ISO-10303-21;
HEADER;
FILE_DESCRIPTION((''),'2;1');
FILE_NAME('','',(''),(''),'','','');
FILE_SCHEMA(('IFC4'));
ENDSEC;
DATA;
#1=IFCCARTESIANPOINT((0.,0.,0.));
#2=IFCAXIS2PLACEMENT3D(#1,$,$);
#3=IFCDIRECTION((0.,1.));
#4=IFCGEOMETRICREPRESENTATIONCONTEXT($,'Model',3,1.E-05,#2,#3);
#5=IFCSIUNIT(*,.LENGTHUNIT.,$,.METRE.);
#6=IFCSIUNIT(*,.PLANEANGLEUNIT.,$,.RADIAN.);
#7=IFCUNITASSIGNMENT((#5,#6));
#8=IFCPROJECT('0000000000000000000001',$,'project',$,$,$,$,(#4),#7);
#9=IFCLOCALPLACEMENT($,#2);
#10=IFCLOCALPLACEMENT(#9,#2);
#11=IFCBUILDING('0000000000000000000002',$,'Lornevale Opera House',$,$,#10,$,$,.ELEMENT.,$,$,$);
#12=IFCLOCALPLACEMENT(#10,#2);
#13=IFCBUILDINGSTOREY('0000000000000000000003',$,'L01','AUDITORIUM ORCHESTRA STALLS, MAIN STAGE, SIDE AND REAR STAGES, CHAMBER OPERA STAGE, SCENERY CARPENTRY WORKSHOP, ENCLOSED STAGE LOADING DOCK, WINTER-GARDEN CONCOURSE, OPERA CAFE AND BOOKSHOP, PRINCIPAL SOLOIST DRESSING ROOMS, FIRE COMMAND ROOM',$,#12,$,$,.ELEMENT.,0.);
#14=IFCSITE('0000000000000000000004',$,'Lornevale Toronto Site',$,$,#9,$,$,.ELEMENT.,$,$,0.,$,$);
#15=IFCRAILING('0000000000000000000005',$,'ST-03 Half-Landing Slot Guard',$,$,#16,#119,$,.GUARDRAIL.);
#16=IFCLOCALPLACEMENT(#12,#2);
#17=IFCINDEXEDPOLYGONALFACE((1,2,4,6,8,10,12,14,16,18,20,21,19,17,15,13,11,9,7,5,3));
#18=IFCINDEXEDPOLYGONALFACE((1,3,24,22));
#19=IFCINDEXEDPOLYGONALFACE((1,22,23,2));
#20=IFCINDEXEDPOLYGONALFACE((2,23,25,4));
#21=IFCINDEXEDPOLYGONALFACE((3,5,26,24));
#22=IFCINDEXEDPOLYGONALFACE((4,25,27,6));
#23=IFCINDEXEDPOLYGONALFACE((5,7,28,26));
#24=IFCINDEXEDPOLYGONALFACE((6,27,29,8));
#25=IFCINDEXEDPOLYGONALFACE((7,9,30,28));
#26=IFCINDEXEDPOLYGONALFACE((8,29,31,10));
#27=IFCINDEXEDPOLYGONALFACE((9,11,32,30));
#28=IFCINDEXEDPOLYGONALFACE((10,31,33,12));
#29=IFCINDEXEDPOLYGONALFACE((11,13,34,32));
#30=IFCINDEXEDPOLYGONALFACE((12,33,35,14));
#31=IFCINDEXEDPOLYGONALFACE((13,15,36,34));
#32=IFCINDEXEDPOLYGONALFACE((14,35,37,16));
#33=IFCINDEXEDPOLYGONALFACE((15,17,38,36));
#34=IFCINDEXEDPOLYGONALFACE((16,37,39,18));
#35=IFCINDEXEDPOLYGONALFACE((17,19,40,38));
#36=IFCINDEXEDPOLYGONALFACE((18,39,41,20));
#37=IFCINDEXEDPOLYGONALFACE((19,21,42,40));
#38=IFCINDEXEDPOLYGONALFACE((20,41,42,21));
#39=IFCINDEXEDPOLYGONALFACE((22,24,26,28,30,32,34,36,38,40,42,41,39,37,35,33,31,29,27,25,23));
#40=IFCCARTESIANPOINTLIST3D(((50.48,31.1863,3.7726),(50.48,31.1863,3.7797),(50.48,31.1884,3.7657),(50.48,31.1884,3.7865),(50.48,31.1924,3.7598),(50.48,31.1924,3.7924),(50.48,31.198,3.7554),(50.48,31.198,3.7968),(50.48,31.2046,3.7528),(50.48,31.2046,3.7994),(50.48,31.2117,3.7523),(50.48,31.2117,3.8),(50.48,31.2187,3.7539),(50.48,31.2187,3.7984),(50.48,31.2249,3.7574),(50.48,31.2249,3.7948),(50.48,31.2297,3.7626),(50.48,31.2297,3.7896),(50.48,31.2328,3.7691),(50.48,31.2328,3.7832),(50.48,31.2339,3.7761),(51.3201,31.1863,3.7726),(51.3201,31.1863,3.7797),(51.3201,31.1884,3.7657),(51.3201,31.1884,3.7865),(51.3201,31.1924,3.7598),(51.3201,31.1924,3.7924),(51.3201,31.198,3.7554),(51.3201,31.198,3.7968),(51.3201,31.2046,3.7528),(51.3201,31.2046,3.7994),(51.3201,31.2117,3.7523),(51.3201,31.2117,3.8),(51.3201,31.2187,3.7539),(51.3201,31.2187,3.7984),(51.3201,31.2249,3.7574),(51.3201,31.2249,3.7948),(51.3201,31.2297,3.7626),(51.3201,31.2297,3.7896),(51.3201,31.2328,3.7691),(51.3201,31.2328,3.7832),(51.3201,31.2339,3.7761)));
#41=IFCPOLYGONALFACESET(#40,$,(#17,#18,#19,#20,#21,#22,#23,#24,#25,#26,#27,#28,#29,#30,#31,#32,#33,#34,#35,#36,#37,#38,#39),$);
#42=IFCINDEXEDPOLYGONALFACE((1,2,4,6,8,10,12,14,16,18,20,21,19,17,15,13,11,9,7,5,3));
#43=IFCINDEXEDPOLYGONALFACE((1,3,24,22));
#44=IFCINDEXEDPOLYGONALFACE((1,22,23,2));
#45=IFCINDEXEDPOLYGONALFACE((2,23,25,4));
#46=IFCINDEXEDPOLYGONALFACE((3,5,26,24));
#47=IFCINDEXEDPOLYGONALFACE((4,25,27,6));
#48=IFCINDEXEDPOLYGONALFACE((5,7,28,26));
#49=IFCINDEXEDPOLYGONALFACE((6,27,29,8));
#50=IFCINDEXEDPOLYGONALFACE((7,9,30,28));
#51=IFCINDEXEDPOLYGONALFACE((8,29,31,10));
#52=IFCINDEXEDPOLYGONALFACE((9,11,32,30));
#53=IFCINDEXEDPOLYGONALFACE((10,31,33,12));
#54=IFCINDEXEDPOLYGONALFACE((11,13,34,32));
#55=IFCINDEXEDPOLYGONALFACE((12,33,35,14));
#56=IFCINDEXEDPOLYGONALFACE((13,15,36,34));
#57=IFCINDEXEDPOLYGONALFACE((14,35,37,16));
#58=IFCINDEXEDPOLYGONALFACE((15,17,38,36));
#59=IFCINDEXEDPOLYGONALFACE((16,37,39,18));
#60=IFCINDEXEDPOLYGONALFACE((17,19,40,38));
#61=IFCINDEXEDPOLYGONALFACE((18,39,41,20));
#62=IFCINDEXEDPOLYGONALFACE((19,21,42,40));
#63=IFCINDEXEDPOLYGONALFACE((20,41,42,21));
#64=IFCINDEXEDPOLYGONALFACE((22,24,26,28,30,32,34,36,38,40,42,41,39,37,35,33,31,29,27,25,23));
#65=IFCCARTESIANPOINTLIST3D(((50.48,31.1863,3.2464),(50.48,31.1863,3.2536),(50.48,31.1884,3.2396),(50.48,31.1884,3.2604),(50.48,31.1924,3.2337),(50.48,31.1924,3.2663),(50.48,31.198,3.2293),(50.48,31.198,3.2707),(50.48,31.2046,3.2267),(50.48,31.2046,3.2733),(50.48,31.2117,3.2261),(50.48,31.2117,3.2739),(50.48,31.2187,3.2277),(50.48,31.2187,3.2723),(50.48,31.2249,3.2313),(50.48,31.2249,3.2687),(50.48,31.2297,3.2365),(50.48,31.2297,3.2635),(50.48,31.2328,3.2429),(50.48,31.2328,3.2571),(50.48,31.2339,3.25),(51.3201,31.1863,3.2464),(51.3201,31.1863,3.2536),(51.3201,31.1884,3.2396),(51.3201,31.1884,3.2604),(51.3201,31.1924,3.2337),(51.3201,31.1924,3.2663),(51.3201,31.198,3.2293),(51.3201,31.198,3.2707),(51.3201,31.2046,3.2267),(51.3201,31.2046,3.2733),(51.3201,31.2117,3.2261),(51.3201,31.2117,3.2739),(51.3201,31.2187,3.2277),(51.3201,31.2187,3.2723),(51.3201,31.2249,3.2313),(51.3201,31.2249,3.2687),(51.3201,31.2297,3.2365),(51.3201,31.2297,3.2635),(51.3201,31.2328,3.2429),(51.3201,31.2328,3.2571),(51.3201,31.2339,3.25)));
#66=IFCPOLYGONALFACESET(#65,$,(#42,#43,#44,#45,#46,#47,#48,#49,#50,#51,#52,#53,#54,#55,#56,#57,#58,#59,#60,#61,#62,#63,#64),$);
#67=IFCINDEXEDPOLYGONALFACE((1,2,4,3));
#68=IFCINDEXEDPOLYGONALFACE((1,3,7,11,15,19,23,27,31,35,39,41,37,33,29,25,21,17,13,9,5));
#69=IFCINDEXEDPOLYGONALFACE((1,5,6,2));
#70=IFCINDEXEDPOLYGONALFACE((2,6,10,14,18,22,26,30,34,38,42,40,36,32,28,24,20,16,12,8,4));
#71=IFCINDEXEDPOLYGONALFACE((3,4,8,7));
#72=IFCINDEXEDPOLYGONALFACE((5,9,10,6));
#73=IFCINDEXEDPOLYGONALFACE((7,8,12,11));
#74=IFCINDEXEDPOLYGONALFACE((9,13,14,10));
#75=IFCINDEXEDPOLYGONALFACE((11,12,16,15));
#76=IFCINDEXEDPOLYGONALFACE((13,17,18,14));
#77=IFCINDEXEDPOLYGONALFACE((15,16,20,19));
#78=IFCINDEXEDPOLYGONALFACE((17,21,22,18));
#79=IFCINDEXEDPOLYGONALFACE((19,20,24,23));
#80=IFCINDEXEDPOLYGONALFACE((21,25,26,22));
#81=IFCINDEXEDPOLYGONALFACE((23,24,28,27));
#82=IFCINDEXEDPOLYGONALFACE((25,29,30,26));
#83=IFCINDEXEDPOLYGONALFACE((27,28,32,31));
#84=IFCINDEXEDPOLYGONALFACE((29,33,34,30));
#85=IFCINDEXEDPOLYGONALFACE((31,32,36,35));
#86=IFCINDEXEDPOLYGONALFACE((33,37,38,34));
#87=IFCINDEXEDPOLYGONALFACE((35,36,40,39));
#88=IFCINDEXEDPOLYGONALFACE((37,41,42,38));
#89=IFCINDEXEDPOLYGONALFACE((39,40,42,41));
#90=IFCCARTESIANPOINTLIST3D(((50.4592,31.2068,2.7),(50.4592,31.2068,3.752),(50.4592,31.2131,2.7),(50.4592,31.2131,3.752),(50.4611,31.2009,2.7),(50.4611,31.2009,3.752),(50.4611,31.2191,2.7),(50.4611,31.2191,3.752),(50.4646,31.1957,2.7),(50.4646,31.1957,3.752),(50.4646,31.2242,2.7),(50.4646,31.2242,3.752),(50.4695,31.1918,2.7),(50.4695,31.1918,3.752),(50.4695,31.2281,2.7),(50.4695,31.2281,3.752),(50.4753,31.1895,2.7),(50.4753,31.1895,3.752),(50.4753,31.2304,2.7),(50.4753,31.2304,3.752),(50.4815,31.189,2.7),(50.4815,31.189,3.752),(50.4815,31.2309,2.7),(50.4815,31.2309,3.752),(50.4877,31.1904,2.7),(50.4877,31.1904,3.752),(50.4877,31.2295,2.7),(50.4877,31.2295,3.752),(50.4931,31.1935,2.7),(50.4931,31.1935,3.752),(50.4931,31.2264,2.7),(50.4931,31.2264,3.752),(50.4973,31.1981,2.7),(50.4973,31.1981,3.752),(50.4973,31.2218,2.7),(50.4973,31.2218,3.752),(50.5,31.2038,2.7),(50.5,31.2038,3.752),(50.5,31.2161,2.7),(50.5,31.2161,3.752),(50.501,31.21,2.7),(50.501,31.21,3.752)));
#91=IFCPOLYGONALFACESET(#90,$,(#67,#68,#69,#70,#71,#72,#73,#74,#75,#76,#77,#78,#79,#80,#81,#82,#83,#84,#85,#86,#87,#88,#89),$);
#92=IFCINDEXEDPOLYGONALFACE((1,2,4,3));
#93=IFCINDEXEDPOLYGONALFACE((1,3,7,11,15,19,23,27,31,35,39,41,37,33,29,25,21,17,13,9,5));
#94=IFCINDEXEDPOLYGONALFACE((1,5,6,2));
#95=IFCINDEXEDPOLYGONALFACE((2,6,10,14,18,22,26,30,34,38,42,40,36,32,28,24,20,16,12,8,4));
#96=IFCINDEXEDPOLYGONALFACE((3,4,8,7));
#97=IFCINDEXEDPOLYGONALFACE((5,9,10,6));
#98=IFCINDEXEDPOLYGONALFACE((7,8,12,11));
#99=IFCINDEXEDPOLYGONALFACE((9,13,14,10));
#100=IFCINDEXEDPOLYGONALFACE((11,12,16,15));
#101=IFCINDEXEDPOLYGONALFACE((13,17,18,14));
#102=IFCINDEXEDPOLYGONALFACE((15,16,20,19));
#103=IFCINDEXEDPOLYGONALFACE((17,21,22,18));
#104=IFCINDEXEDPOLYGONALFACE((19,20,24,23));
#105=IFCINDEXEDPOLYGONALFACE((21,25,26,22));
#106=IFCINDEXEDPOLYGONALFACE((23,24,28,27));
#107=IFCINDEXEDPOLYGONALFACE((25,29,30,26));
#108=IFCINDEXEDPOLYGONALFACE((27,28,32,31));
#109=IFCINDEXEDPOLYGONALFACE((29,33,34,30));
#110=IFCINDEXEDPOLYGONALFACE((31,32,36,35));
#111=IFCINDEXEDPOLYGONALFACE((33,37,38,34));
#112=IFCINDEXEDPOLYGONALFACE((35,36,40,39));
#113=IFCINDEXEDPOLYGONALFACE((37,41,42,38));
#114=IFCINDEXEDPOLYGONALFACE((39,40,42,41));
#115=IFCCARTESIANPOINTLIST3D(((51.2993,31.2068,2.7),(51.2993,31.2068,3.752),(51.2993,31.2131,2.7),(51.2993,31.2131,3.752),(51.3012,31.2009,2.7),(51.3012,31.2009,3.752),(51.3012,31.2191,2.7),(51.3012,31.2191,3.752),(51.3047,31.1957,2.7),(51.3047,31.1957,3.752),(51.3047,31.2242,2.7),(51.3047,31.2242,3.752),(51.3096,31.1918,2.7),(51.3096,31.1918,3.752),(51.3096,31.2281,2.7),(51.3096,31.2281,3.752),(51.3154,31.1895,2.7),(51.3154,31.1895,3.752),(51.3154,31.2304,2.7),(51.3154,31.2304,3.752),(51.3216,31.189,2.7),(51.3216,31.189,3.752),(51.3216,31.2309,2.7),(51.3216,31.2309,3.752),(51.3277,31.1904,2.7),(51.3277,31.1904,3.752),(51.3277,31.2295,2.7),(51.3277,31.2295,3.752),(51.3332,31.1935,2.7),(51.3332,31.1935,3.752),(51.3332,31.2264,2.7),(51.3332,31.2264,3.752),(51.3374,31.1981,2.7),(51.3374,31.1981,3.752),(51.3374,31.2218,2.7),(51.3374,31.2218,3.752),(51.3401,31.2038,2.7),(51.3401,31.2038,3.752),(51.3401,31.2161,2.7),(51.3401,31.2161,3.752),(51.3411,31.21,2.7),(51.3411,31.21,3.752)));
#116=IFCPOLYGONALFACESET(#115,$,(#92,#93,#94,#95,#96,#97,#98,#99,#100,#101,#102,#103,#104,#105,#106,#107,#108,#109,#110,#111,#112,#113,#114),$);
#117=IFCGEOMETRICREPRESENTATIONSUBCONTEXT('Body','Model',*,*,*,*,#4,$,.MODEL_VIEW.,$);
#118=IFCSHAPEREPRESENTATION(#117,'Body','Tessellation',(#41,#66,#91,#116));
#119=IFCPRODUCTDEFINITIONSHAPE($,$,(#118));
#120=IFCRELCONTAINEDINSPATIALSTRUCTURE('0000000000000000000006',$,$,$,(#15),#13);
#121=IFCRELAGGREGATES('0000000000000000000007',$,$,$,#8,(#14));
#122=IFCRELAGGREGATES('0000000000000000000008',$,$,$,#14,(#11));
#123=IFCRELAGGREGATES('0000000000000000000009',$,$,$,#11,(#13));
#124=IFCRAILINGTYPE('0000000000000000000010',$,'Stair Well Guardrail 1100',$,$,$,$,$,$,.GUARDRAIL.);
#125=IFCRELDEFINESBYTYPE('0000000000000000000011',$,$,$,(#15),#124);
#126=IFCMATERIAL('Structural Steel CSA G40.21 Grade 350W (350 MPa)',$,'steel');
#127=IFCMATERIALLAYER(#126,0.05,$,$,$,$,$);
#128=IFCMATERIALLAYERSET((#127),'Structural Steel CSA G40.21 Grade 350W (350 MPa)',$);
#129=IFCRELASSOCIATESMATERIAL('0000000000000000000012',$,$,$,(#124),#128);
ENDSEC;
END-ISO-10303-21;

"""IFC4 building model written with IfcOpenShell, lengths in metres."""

from ifc_helpers import new_model, si_unit, direction, frame, origin, origin_2d, place, context, subcontext, project, spatial, circle, extrude, material, layer, layer_set, type_object, element, save


model = new_model("IFC4")

# Units and contexts
model_context = context("Model", 3, precision=1e-05, world=origin(), true_north=direction((0.0, 1.0)))
body_context = subcontext(model_context, "Body", "Model", "MODEL_VIEW")
ifc_project = project(units=[si_unit("LENGTHUNIT", "METRE"), si_unit("PLANEANGLEUNIT", "RADIAN")], contexts=[model_context])

# Site, building, storey
site_placement = place(None, origin())
site = spatial("IfcSite", under=ifc_project, at=site_placement, Name="Lornevale Toronto Site", CompositionType="ELEMENT", RefElevation=0.0)
building_placement = place(site_placement, origin())
building = spatial("IfcBuilding", under=site, at=building_placement, Name="Lornevale Opera House", CompositionType="ELEMENT")
storey_placement = place(building_placement, origin())
storey = spatial("IfcBuildingStorey", under=building, at=storey_placement, Name="L01", Description="AUDITORIUM ORCHESTRA STALLS, MAIN STAGE, SIDE AND REAR STAGES, CHAMBER OPERA STAGE, SCENERY CARPENTRY WORKSHOP, ENCLOSED STAGE LOADING DOCK, WINTER-GARDEN CONCOURSE, OPERA CAFE AND BOOKSHOP, PRINCIPAL SOLOIST DRESSING ROOMS, FIRE COMMAND ROOM", CompositionType="ELEMENT", Elevation=0.0)

# Railing
ifc_material_1 = material(Name="Structural Steel CSA G40.21 Grade 350W (350 MPa)", Category="steel")
ifc_layer_1 = layer(ifc_material_1, 0.05)
ifc_layer_set_1 = layer_set([ifc_layer_1], Name="Structural Steel CSA G40.21 Grade 350W (350 MPa)")
railing_type_1 = type_object("IfcRailingType", Name="Stair Well Guardrail 1100", PredefinedType="GUARDRAIL", material=ifc_layer_set_1)
railing_1_placement = place(storey_placement, frame((50.48, 31.21, 2.7)))
element("IfcRailing", 1, at=railing_1_placement, inside=storey, type_object=railing_type_1, Name="ST-03 Half-Landing Slot Guard", PredefinedType="GUARDRAIL", context=body_context, shape_type="SweptSolid", body=[
    extrude(circle(Radius=0.0239, at=origin_2d()), frame((0.0, 0.0, 1.0762), z_axis=(1.0, 0.0, 0.0), x_axis=(0.0, 1.0, 0.0)), (0.0, 0.0, 1.0), 0.8401),
    extrude(circle(Radius=0.0239, at=origin_2d()), frame((0.0, 0.0, 0.55), z_axis=(1.0, 0.0, 0.0), x_axis=(0.0, 1.0, 0.0)), (0.0, 0.0, 1.0), 0.8401),
    extrude(circle(Radius=0.021, at=origin_2d()), origin(), (0.0, 0.0, 1.0), 1.052),
    extrude(circle(Radius=0.021, at=origin_2d()), frame((0.8401, 0.0, 0.0)), (0.0, 0.0, 1.0), 1.052),
])

save(model, "model.ifc")
